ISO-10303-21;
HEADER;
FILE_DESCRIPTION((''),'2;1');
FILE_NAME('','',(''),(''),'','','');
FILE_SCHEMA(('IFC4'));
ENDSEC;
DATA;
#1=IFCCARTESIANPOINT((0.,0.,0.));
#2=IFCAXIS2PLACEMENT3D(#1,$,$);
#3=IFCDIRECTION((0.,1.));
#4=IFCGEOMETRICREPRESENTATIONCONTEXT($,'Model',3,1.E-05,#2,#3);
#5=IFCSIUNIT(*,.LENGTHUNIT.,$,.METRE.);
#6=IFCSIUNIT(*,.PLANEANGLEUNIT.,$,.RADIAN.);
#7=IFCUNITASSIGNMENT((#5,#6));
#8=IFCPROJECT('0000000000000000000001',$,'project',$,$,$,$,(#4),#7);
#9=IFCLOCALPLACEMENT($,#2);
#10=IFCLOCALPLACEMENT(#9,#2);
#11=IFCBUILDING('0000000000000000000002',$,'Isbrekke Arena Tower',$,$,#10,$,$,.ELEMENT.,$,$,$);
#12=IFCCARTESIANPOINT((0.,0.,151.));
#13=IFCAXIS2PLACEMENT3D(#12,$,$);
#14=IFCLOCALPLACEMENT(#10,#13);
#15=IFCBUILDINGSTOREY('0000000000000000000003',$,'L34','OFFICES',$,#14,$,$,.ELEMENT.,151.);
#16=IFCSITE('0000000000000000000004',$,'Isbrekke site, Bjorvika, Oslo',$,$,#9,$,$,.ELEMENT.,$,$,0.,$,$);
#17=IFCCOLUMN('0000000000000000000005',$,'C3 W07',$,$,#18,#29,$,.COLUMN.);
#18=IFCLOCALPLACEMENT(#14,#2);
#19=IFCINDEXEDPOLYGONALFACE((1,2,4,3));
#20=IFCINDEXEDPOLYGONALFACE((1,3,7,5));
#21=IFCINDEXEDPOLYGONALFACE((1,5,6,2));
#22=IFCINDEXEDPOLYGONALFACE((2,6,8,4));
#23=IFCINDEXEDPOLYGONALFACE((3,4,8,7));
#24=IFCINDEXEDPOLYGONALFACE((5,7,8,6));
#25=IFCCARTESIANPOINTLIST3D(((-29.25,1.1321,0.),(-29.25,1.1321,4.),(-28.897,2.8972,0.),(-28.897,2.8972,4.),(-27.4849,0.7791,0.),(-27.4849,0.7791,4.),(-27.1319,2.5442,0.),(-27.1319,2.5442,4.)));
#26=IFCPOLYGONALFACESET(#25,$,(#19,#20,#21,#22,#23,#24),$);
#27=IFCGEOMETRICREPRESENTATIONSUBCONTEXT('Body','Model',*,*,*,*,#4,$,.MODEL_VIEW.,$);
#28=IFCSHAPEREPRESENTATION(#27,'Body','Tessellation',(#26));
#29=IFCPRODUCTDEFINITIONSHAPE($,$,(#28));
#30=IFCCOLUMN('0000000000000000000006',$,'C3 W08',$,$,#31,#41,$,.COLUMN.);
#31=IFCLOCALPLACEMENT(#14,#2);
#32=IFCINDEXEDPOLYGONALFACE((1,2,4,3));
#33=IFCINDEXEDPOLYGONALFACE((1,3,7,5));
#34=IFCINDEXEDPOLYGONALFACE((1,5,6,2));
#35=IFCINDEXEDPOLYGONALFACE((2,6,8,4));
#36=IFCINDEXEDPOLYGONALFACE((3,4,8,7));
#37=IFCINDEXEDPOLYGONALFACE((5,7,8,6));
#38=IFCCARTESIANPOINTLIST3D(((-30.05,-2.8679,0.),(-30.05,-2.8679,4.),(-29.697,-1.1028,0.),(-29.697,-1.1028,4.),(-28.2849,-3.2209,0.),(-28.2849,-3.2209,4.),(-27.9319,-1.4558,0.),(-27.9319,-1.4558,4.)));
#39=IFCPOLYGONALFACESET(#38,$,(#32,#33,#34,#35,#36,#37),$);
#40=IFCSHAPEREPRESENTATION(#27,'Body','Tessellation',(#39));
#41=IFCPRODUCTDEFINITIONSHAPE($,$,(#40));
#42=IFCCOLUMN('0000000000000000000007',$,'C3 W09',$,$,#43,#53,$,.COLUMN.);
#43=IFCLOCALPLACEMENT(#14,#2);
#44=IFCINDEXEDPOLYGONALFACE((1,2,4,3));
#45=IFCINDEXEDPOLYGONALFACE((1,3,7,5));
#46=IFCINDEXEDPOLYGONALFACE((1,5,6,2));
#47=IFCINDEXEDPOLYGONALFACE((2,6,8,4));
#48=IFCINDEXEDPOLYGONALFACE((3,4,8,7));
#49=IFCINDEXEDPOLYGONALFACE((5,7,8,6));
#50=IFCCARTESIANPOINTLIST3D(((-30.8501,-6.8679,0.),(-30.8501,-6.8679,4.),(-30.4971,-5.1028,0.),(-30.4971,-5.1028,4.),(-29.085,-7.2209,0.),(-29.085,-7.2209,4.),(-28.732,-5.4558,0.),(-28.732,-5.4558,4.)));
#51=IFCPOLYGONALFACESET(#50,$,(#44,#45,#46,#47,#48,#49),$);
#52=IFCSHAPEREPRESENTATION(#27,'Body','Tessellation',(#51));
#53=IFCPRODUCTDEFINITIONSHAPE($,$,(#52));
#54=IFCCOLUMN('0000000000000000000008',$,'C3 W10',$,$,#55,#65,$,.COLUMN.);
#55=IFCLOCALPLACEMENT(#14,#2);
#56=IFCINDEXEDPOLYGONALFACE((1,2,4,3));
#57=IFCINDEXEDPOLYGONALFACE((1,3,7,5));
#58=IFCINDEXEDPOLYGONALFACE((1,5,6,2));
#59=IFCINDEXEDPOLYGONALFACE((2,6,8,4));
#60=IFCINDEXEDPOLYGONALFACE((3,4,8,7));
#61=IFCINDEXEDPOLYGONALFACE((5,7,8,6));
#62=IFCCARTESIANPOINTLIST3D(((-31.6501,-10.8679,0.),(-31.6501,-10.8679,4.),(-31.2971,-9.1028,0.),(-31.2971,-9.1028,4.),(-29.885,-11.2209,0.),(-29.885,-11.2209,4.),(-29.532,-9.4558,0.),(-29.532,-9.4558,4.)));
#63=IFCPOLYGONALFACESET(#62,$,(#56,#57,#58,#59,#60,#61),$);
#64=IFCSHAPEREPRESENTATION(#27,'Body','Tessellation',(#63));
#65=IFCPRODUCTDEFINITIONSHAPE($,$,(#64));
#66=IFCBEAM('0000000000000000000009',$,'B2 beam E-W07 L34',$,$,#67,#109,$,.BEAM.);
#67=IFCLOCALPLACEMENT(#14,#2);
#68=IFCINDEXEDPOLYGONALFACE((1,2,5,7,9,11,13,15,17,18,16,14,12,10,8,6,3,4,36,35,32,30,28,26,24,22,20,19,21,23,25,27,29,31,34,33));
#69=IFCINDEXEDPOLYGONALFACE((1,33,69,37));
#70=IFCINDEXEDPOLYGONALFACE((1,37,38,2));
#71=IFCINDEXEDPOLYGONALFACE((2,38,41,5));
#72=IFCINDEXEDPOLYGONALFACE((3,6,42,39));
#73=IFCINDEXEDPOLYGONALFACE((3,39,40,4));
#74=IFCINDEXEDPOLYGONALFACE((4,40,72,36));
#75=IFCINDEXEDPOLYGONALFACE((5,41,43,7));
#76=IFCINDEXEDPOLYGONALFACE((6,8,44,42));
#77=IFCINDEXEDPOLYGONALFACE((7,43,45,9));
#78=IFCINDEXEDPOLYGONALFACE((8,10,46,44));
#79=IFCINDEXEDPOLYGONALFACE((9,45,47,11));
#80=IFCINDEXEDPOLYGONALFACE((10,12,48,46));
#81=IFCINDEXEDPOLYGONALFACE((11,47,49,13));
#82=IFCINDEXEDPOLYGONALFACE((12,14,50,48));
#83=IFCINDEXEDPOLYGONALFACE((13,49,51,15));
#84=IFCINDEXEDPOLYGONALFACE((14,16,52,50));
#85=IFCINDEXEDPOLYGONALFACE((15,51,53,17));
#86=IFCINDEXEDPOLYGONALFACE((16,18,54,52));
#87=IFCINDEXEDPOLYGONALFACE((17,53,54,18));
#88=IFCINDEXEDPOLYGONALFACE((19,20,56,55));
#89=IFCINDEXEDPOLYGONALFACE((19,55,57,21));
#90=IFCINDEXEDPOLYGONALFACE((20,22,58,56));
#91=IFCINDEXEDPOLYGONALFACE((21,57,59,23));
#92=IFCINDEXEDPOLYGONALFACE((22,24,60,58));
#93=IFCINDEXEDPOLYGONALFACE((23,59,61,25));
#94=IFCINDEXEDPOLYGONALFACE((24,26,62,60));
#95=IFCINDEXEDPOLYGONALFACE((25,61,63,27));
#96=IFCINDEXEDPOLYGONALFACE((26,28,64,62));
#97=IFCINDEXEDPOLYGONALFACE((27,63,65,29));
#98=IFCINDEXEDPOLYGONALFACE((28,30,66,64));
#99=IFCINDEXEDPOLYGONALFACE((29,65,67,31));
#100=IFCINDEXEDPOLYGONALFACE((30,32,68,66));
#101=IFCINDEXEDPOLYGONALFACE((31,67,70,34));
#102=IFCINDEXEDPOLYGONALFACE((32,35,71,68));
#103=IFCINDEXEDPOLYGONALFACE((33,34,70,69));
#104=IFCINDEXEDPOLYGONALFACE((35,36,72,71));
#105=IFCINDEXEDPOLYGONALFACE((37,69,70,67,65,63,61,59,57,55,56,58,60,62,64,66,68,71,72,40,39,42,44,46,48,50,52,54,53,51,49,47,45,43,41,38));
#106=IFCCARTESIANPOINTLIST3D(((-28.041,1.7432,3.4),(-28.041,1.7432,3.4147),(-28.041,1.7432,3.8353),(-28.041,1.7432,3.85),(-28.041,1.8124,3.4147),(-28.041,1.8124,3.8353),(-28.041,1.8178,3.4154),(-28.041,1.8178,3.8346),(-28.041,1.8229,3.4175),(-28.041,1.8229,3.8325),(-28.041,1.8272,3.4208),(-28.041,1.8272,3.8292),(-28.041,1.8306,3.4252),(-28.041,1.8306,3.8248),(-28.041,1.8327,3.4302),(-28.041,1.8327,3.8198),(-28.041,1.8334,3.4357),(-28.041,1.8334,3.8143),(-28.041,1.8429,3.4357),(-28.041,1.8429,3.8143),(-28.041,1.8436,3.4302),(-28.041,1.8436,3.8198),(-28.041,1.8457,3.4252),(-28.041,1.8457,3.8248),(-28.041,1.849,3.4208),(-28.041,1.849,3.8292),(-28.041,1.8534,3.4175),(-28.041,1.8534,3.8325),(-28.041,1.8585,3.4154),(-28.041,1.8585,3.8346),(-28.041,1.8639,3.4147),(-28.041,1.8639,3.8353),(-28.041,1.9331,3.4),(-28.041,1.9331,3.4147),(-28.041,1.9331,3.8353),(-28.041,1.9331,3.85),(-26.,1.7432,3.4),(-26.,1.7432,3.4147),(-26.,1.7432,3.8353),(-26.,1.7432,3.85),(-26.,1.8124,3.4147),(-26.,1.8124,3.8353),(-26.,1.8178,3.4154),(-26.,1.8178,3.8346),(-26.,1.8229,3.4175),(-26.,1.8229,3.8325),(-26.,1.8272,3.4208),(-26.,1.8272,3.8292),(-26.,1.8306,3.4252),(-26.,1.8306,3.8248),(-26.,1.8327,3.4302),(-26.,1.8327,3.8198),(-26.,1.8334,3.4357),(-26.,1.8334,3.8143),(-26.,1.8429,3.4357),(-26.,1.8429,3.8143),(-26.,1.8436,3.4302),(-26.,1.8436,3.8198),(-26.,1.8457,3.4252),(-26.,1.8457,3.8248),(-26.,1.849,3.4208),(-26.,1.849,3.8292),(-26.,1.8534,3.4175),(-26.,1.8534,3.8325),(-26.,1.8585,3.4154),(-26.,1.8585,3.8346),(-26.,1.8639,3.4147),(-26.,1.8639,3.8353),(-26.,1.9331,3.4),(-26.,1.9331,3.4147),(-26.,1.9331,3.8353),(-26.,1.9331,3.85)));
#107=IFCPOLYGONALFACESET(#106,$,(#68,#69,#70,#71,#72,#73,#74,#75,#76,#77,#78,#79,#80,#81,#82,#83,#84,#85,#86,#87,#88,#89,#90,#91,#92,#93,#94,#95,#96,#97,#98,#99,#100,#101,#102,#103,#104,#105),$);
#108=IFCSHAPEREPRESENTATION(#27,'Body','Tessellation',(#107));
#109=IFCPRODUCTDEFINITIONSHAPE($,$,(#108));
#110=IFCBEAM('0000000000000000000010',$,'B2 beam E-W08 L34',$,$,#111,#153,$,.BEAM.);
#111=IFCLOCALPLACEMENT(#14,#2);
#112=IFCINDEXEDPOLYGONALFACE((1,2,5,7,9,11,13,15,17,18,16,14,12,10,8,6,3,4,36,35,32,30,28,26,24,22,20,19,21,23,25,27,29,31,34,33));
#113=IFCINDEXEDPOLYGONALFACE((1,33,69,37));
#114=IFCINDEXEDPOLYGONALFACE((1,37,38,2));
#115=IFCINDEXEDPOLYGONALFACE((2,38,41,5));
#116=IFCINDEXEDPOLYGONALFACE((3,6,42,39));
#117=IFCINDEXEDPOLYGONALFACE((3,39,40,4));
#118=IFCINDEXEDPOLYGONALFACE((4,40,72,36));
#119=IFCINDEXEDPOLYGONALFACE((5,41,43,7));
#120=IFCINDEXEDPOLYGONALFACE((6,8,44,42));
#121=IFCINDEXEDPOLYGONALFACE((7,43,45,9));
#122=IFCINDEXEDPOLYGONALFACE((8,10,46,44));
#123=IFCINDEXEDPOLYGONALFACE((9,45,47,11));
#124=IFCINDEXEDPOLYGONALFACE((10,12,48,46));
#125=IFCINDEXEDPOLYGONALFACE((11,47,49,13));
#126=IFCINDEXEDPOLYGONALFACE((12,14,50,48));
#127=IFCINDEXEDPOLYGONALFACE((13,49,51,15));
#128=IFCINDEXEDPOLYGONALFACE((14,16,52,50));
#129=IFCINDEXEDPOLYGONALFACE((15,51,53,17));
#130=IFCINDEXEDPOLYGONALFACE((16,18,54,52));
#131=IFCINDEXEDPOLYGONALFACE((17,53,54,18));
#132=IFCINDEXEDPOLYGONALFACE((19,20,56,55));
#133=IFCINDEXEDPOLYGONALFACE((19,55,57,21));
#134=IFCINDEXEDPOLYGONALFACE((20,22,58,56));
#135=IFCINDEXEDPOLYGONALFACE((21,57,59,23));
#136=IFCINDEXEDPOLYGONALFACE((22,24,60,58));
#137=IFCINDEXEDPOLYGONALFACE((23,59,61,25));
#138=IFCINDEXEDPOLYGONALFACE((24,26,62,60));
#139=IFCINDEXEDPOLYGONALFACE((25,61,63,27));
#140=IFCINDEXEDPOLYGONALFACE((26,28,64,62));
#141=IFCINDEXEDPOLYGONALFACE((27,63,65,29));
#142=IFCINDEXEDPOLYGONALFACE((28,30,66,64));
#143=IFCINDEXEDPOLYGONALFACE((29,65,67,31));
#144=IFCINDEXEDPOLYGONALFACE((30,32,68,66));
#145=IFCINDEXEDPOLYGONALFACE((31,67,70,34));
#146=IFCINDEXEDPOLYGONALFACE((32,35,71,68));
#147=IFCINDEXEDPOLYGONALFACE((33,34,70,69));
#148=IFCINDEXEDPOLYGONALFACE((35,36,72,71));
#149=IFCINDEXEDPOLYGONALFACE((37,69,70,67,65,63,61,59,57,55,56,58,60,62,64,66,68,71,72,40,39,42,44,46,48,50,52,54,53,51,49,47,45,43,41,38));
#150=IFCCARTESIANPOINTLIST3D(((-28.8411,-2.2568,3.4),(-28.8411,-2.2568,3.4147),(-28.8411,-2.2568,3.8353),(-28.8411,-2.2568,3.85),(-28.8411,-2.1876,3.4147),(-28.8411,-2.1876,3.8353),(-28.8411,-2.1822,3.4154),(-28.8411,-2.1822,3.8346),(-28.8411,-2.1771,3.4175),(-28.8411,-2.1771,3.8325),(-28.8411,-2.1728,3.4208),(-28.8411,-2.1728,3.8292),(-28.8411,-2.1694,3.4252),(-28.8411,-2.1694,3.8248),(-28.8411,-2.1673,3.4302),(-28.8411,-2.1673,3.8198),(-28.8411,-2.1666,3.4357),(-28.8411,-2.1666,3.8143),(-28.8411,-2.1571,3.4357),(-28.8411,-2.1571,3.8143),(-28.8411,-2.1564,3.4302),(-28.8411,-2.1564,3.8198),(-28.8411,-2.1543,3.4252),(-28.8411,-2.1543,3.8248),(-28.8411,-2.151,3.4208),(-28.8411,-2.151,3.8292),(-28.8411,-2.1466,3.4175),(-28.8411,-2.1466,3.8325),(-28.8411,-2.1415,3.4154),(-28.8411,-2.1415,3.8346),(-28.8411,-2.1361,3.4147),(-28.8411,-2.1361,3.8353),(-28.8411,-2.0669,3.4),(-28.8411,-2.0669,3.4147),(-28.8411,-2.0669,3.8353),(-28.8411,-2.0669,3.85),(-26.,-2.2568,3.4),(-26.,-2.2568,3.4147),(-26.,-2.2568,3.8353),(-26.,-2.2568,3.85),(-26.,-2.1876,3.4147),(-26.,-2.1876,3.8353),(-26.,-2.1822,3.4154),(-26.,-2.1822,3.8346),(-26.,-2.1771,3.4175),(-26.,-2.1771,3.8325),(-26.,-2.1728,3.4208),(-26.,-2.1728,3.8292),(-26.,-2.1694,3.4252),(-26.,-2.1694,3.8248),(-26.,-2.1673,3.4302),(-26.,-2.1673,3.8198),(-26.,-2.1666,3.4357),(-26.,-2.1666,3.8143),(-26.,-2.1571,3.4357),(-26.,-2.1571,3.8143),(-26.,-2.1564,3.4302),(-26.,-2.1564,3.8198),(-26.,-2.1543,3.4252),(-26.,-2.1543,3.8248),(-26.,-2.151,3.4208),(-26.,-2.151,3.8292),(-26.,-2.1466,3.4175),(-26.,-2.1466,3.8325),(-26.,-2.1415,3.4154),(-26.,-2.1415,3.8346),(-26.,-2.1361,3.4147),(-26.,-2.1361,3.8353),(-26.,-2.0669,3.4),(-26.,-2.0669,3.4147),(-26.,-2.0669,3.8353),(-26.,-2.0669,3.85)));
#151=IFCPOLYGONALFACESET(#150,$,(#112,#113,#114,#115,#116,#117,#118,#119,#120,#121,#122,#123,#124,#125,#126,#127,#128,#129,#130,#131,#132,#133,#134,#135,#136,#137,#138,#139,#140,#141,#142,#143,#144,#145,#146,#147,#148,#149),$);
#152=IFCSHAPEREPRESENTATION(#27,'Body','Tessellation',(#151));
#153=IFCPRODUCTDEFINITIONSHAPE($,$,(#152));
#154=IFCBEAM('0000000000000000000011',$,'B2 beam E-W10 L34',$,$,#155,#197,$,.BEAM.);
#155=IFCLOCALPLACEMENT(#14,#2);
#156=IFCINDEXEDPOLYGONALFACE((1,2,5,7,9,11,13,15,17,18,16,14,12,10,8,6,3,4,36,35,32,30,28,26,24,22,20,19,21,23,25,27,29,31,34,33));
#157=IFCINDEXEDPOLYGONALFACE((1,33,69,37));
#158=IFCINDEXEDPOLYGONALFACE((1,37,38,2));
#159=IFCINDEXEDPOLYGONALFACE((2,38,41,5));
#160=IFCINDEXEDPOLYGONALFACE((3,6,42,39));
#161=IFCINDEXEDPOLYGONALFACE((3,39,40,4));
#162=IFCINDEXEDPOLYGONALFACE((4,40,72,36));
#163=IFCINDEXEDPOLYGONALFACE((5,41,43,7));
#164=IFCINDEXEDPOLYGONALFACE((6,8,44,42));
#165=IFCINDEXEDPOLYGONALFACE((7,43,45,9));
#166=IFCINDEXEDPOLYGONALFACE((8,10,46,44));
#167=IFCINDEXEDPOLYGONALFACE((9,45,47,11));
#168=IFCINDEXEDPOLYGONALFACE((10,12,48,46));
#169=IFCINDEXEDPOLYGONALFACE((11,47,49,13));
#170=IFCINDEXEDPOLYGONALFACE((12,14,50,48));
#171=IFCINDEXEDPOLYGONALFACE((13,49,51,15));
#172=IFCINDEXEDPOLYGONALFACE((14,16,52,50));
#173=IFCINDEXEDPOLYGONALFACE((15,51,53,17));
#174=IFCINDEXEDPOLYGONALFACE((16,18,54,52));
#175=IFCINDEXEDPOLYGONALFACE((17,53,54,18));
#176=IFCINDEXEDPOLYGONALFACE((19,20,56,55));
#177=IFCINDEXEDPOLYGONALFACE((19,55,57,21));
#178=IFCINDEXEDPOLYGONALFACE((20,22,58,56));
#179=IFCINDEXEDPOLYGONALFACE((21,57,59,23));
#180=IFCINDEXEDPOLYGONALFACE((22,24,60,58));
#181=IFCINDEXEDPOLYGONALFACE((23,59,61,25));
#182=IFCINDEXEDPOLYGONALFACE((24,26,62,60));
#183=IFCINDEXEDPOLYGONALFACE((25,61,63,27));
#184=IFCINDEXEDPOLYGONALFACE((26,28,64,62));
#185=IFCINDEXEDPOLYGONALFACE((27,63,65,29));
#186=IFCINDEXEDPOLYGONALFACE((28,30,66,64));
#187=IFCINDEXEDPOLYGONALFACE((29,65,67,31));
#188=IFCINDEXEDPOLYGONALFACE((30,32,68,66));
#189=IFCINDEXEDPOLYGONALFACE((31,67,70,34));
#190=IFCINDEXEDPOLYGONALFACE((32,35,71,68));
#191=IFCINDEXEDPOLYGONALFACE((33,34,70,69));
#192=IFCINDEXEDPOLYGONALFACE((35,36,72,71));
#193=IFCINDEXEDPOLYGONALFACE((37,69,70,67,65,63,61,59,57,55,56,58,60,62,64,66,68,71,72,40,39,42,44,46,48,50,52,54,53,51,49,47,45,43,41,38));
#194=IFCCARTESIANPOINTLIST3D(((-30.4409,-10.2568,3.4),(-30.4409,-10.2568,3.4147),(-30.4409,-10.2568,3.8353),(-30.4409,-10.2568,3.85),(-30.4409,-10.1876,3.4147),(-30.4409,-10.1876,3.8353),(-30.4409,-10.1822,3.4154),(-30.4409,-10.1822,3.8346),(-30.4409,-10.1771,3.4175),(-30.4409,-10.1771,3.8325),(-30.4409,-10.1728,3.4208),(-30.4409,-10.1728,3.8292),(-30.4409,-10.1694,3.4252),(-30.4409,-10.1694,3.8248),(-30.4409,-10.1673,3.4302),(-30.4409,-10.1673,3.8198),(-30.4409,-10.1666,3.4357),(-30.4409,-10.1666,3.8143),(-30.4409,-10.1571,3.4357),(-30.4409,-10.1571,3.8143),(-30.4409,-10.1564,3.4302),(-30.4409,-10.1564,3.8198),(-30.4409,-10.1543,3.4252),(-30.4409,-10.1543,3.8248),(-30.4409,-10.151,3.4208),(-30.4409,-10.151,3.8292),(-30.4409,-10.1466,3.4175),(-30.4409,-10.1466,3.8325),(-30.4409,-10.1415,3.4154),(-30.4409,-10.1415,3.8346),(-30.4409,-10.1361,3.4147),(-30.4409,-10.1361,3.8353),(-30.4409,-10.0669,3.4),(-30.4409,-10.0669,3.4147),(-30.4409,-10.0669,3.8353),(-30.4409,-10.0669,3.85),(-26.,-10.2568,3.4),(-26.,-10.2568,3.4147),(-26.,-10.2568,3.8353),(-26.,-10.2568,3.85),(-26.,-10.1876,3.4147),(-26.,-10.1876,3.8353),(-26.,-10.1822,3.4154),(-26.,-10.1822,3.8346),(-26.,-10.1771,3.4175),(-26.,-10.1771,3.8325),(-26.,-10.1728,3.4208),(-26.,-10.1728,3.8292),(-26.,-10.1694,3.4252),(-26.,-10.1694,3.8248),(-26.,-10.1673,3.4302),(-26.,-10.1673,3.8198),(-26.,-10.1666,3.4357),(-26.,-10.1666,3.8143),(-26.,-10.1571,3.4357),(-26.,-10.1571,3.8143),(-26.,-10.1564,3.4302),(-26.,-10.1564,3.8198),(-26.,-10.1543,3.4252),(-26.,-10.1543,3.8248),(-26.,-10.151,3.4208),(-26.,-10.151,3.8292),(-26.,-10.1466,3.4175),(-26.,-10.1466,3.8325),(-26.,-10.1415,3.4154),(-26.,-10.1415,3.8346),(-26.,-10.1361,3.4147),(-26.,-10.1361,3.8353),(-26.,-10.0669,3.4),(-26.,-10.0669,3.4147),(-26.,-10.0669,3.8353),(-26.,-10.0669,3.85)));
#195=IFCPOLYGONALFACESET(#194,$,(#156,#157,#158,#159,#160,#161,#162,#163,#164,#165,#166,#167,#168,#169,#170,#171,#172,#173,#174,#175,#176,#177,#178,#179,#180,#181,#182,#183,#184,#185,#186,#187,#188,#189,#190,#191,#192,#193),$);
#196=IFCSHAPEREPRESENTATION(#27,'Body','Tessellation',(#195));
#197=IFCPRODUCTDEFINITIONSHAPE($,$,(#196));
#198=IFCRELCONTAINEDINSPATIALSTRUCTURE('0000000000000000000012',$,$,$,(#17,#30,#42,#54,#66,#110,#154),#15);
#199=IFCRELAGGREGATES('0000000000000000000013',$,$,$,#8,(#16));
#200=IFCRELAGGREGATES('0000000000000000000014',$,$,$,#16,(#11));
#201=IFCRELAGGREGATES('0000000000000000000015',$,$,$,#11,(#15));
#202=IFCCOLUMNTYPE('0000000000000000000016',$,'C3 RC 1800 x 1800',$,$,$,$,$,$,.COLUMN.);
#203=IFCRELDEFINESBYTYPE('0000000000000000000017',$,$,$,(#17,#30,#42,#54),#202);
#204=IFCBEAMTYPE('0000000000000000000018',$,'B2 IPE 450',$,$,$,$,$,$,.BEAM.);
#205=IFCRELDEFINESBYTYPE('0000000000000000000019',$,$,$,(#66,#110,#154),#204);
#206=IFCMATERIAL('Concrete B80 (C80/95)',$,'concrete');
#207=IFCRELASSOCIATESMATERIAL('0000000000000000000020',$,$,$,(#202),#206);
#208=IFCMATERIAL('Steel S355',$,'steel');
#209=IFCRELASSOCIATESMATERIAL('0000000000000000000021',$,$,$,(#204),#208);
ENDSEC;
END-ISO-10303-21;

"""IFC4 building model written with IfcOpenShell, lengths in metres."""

from ifc_helpers import new_model, si_unit, direction, frame, origin, origin_2d, place, context, subcontext, project, spatial, rectangle, i_section, extrude, material, material_profile, profile_set, type_object, element, save


model = new_model("IFC4")

# Units and contexts
model_context = context("Model", 3, precision=1e-05, world=origin(), true_north=direction((0.0, 1.0)))
body_context = subcontext(model_context, "Body", "Model", "MODEL_VIEW")
ifc_project = project(units=[si_unit("LENGTHUNIT", "METRE"), si_unit("PLANEANGLEUNIT", "RADIAN")], contexts=[model_context])

# Site, building, storey
site_placement = place(None, origin())
site = spatial("IfcSite", under=ifc_project, at=site_placement, Name="Isbrekke site, Bjorvika, Oslo", CompositionType="ELEMENT", RefElevation=0.0)
building_placement = place(site_placement, origin())
building = spatial("IfcBuilding", under=site, at=building_placement, Name="Isbrekke Arena Tower", CompositionType="ELEMENT")
storey_placement = place(building_placement, frame((0.0, 0.0, 151.0)))
storey = spatial("IfcBuildingStorey", under=building, at=storey_placement, Name="L34", Description="OFFICES", CompositionType="ELEMENT", Elevation=151.0)

# Columns
ifc_material_1 = material(Name="Concrete B80 (C80/95)", Category="concrete")
ifc_material_profile_1 = material_profile(ifc_material_1, rectangle(XDim=1.8, YDim=1.8, at=origin_2d()), Name="RC 1800x1800")
ifc_profile_set_1 = profile_set([ifc_material_profile_1], Name="Concrete B80 (C80/95)")
column_type = type_object("IfcColumnType", Name="C3 RC 1800 x 1800", PredefinedType="COLUMN", material=ifc_profile_set_1)
for number, where, z_axis, x_axis, name in (
    (1, (-28.1909, 1.8381, 0.0), (0.0, 0.0, 1.0), (-0.196116, -0.980581, 0.0), "C3 W07"),
    (2, (-28.991, -2.1619, 0.0), (0.0, 0.0, 1.0), (-0.196116, -0.980581, 0.0), "C3 W08"),
    (3, (-29.791, -6.1619, 0.0), (0.0, 0.0, 1.0), (-0.196116, -0.980581, 0.0), "C3 W09"),
    (4, (-30.5911, -10.1619, 0.0), (0.0, 0.0, 1.0), (-0.196116, -0.980581, 0.0), "C3 W10"),
):
    element("IfcColumn", number, at=place(storey_placement, frame(where, z_axis=z_axis, x_axis=x_axis)), inside=storey, type_object=column_type, Name=name, PredefinedType="COLUMN", context=body_context, shape_type="SweptSolid", body=[
        extrude(rectangle(XDim=1.8, YDim=1.8, at=origin_2d()), origin(), (0.0, 0.0, 1.0), 4.0),
    ])

# Beams
ifc_material_2 = material(Name="Steel S355", Category="steel")
ifc_material_profile_2 = material_profile(ifc_material_2, i_section(OverallWidth=0.1899, OverallDepth=0.45, WebThickness=0.0095, FlangeThickness=0.0146, FilletRadius=0.021, at=origin_2d()), Name="IPE 450")
ifc_profile_set_2 = profile_set([ifc_material_profile_2], Name="Steel S355")
beam_type_1 = type_object("IfcBeamType", Name="B2 IPE 450", PredefinedType="BEAM", material=ifc_profile_set_2)
beam_1_placement = place(storey_placement, frame((-28.041, 1.8381, 3.625), z_axis=(1.0, 0.0, 0.0), x_axis=(0.0, 1.0, 0.0)))
element("IfcBeam", 5, at=beam_1_placement, inside=storey, type_object=beam_type_1, Name="B2 beam E-W07 L34", PredefinedType="BEAM", context=body_context, shape_type="SweptSolid", body=[
    extrude(i_section(OverallWidth=0.1899, OverallDepth=0.45, WebThickness=0.0095, FlangeThickness=0.0146, FilletRadius=0.021, at=origin_2d()), origin(), (0.0, 0.0, 1.0), 2.041),
])
beam_2_placement = place(storey_placement, frame((-28.8411, -2.1619, 3.625), z_axis=(1.0, 0.0, 0.0), x_axis=(0.0, 1.0, 0.0)))
element("IfcBeam", 6, at=beam_2_placement, inside=storey, type_object=beam_type_1, Name="B2 beam E-W08 L34", PredefinedType="BEAM", context=body_context, shape_type="SweptSolid", body=[
    extrude(i_section(OverallWidth=0.1899, OverallDepth=0.45, WebThickness=0.0095, FlangeThickness=0.0146, FilletRadius=0.021, at=origin_2d()), origin(), (0.0, 0.0, 1.0), 2.8411),
])
beam_3_placement = place(storey_placement, frame((-30.4409, -10.1619, 3.625), z_axis=(1.0, 0.0, 0.0), x_axis=(0.0, 1.0, 0.0)))
element("IfcBeam", 7, at=beam_3_placement, inside=storey, type_object=beam_type_1, Name="B2 beam E-W10 L34", PredefinedType="BEAM", context=body_context, shape_type="SweptSolid", body=[
    extrude(i_section(OverallWidth=0.1899, OverallDepth=0.45, WebThickness=0.0095, FlangeThickness=0.0146, FilletRadius=0.021, at=origin_2d()), origin(), (0.0, 0.0, 1.0), 4.4409),
])

save(model, "model.ifc")
